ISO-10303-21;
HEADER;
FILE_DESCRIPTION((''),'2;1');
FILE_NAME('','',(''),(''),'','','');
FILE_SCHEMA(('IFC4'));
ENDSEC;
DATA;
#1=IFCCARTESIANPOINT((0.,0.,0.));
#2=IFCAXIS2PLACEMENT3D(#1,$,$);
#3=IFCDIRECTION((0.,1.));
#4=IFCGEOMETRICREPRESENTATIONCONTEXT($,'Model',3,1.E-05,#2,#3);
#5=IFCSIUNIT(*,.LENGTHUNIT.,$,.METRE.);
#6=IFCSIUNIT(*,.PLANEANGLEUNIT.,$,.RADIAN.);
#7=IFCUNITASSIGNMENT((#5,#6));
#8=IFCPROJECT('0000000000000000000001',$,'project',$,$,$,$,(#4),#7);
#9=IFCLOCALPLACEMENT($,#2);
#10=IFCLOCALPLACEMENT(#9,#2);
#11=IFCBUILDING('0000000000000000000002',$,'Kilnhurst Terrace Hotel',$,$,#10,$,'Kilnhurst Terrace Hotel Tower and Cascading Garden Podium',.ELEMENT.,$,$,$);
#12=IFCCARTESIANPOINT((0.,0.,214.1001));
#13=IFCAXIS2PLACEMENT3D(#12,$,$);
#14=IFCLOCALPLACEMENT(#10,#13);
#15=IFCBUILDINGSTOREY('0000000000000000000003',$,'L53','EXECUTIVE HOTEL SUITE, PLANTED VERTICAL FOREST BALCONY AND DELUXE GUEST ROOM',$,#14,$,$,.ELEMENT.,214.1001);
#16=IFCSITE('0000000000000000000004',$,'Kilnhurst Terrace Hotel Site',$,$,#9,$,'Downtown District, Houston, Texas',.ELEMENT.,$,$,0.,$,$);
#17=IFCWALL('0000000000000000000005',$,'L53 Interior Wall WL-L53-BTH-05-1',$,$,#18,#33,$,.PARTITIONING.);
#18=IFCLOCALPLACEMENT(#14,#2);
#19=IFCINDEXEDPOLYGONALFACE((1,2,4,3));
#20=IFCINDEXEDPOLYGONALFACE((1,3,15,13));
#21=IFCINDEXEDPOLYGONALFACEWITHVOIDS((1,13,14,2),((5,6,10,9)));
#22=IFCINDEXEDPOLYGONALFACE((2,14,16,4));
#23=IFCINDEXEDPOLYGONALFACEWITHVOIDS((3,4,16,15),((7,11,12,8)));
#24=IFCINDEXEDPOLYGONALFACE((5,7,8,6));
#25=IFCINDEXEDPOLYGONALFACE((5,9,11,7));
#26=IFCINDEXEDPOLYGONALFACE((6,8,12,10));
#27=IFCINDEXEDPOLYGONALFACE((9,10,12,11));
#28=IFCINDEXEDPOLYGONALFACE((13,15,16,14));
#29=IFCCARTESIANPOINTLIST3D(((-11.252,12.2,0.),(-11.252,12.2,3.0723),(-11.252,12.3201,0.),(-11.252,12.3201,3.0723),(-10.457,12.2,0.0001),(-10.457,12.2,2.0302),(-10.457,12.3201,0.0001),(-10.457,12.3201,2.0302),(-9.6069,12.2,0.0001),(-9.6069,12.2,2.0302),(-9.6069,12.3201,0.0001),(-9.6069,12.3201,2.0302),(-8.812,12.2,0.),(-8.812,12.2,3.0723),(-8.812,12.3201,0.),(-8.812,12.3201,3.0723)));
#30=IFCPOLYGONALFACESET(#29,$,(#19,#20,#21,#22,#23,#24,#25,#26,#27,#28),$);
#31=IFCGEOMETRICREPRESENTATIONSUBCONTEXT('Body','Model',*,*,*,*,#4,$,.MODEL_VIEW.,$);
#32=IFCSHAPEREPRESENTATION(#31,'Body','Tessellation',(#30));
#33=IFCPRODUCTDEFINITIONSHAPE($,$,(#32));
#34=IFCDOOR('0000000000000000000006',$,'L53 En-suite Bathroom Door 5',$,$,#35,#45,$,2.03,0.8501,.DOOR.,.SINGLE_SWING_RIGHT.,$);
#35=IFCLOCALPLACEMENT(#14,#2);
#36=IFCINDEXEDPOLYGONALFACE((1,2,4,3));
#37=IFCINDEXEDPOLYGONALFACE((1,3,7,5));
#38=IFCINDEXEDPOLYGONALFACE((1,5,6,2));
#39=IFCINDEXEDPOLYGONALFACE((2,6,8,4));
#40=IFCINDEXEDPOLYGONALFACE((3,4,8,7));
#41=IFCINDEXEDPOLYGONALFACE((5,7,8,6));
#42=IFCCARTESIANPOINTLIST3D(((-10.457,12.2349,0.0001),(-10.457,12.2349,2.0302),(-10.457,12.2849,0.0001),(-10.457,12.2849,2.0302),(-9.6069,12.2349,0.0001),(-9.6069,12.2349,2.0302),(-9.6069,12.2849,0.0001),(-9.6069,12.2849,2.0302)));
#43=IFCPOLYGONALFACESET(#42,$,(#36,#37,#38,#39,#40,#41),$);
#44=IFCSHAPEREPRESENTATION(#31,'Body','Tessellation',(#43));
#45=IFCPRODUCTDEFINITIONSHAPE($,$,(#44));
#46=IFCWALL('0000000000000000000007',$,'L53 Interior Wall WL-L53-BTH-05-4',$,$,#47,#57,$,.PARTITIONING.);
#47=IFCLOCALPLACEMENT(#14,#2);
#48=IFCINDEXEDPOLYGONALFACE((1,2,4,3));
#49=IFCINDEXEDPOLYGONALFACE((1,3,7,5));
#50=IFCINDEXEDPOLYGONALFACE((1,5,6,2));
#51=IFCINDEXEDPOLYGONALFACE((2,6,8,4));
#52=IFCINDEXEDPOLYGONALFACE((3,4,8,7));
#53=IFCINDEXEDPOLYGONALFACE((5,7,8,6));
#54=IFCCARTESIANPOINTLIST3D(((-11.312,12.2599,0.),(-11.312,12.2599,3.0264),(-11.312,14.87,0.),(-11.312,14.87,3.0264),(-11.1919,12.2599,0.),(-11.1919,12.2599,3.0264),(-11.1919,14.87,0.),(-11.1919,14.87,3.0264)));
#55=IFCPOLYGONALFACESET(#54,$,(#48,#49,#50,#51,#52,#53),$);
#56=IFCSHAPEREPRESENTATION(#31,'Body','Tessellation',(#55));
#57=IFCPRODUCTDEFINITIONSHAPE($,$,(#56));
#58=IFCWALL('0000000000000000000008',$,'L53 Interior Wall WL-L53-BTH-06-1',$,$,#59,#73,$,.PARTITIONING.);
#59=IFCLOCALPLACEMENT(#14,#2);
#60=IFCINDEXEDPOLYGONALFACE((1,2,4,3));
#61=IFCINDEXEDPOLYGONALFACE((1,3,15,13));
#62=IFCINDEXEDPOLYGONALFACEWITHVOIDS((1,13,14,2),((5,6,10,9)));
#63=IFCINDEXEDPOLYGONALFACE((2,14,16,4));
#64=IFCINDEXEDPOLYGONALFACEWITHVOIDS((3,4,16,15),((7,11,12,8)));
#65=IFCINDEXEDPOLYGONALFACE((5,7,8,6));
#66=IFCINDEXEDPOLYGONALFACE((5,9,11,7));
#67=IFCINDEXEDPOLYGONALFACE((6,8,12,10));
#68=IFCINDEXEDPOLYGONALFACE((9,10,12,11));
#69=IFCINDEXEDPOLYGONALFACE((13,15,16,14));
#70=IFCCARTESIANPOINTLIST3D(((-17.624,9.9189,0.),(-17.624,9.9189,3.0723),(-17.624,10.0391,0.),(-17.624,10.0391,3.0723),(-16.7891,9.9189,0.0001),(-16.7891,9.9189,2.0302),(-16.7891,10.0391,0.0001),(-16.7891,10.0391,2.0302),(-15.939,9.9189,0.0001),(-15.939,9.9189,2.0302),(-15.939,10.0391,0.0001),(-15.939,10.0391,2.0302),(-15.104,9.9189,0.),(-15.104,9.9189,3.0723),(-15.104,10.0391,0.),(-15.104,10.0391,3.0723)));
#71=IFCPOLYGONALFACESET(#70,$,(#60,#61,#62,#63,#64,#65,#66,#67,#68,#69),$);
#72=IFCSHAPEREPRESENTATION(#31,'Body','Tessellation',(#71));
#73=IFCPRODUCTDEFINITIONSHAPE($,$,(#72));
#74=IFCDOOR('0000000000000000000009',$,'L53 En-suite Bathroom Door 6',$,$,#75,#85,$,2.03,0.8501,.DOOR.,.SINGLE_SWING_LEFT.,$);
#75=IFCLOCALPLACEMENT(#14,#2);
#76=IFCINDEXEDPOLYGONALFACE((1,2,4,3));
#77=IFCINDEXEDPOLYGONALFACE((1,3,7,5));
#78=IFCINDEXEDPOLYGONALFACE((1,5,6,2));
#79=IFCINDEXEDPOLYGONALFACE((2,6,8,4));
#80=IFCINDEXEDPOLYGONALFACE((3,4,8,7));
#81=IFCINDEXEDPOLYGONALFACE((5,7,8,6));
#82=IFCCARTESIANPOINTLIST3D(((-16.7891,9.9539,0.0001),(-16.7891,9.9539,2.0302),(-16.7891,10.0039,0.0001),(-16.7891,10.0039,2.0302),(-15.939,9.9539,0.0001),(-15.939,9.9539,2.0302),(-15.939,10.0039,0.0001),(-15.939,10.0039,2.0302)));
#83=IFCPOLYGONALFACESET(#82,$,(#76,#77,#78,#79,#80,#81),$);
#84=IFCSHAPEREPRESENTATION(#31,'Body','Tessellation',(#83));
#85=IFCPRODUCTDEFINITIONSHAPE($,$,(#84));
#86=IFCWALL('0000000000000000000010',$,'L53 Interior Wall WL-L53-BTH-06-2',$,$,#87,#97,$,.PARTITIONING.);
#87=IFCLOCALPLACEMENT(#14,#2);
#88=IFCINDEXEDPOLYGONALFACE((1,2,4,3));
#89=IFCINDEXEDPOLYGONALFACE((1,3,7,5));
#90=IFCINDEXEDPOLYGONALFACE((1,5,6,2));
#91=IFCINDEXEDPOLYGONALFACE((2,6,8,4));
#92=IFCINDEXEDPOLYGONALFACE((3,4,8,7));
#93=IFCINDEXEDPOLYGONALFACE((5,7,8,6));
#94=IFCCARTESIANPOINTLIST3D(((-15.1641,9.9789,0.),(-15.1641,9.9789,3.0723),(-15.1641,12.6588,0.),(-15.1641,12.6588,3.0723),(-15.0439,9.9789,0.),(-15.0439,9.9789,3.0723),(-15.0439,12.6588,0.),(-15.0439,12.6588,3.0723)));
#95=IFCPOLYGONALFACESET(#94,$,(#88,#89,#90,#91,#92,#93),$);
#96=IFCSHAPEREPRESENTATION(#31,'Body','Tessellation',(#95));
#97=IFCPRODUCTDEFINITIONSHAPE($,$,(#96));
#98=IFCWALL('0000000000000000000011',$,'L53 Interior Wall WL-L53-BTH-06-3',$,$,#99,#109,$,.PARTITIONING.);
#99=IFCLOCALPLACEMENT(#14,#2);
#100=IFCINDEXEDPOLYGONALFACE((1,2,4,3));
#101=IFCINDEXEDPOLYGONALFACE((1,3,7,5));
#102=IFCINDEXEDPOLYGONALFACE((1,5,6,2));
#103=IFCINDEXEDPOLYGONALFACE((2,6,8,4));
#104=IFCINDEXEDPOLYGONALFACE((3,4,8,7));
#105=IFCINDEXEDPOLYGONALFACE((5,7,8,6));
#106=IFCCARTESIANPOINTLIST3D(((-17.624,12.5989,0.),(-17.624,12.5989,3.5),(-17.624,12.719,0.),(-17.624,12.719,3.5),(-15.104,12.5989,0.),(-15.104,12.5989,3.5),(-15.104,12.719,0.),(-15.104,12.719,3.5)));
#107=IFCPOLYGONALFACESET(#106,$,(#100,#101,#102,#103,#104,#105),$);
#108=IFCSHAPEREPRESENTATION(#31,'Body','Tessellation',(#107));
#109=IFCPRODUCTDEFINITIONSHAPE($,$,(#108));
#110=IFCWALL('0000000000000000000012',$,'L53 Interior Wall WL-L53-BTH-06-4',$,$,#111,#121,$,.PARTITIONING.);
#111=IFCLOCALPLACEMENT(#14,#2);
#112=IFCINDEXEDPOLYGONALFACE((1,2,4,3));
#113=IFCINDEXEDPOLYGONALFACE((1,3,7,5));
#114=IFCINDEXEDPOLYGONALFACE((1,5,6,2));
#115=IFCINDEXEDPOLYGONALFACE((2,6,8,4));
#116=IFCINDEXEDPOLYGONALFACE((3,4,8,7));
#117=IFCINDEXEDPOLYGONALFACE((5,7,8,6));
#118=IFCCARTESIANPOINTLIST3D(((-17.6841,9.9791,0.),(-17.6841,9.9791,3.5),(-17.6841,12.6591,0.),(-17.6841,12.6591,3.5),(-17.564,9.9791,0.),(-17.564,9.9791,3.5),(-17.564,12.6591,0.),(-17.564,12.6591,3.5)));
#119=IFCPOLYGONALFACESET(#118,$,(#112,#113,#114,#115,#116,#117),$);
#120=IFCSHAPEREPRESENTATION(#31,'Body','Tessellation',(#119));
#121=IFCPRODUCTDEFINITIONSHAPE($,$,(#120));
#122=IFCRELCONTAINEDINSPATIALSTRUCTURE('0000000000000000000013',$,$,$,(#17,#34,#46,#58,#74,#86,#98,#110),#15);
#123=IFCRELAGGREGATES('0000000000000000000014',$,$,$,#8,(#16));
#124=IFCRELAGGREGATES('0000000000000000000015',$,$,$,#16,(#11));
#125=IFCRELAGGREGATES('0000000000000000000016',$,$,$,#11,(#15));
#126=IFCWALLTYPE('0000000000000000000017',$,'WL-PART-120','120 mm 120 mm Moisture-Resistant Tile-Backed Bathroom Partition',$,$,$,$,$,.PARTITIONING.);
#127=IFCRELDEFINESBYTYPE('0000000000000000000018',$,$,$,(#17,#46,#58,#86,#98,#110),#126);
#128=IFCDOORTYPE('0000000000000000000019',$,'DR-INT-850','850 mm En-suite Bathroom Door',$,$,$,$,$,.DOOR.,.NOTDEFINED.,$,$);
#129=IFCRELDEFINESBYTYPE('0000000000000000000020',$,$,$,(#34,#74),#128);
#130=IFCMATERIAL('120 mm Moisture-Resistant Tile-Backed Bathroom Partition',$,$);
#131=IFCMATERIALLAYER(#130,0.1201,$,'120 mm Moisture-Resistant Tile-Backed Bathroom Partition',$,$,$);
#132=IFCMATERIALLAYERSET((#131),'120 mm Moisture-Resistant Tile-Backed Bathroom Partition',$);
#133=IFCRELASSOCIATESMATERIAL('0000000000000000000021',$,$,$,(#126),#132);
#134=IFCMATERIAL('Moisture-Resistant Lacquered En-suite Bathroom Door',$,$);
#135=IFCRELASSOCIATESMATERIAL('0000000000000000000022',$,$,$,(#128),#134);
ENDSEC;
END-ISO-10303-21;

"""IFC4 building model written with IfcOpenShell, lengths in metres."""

from ifc_helpers import new_model, si_unit, direction, frame, frame_2d, origin, place, context, subcontext, project, spatial, rectangle, extrude, material, layer, layer_set, type_object, element, fill, save


model = new_model("IFC4")

# Units and contexts
model_context = context("Model", 3, precision=1e-05, world=origin(), true_north=direction((0.0, 1.0)))
body_context = subcontext(model_context, "Body", "Model", "MODEL_VIEW")
ifc_project = project(units=[si_unit("LENGTHUNIT", "METRE"), si_unit("PLANEANGLEUNIT", "RADIAN")], contexts=[model_context])

# Site, building, storey
site_placement = place(None, origin())
site = spatial("IfcSite", under=ifc_project, at=site_placement, Name="Kilnhurst Terrace Hotel Site", LongName="Downtown District, Houston, Texas", CompositionType="ELEMENT", RefElevation=0.0)
building_placement = place(site_placement, origin())
building = spatial("IfcBuilding", under=site, at=building_placement, Name="Kilnhurst Terrace Hotel", LongName="Kilnhurst Terrace Hotel Tower and Cascading Garden Podium", CompositionType="ELEMENT")
storey_placement = place(building_placement, frame((0.0, 0.0, 214.1001)))
storey = spatial("IfcBuildingStorey", under=building, at=storey_placement, Name="L53", Description="EXECUTIVE HOTEL SUITE, PLANTED VERTICAL FOREST BALCONY AND DELUXE GUEST ROOM", CompositionType="ELEMENT", Elevation=214.1001)

# Wall, opening, door
ifc_material_1 = material(Name="120 mm Moisture-Resistant Tile-Backed Bathroom Partition")
ifc_layer_1 = layer(ifc_material_1, 0.1201, Name="120 mm Moisture-Resistant Tile-Backed Bathroom Partition")
ifc_layer_set_1 = layer_set([ifc_layer_1], Name="120 mm Moisture-Resistant Tile-Backed Bathroom Partition")
wall_type_1 = type_object("IfcWallType", Name="WL-PART-120", Description="120 mm 120 mm Moisture-Resistant Tile-Backed Bathroom Partition", PredefinedType="PARTITIONING", material=ifc_layer_set_1)
wall_1_placement = place(storey_placement, frame((-11.252, 12.26, 0.0), z_axis=(0.0, 0.0, 1.0), x_axis=(1.0, 0.0, 0.0)))
wall_1 = element("IfcWall", 1, at=wall_1_placement, inside=storey, type_object=wall_type_1, Name="L53 Interior Wall WL-L53-BTH-05-1", PredefinedType="PARTITIONING", context=body_context, shape_type="SweptSolid", body=[
    extrude(rectangle(XDim=2.4399, YDim=0.1201, at=frame_2d((1.22, 0.0))), origin(), (0.0, 0.0, 1.0), 3.0723),
])
opening_1_placement = place(wall_1_placement, frame((0.7949, 0.0, 0.0)))
opening_1 = element("IfcOpeningElement", 2, at=opening_1_placement, cuts=wall_1, PredefinedType="OPENING", context=body_context, shape_type="SweptSolid", body=[
    extrude(rectangle(XDim=0.8501, YDim=2.03, at=frame_2d((0.425, 1.0151))), frame((0.0, 0.0701, 0.0), z_axis=(0.0, -1.0, 0.0), x_axis=(1.0, 0.0, 0.0)), (0.0, 0.0, 1.0), 0.1401),
])
ifc_material_2 = material(Name="Moisture-Resistant Lacquered En-suite Bathroom Door")
door_type_1 = type_object("IfcDoorType", Name="DR-INT-850", Description="850 mm En-suite Bathroom Door", OperationType="NOTDEFINED", PredefinedType="DOOR", material=ifc_material_2)
door_1_placement = place(opening_1_placement, origin())
door_1 = element("IfcDoor", 3, at=door_1_placement, inside=storey, type_object=door_type_1, Name="L53 En-suite Bathroom Door 5", OperationType="SINGLE_SWING_RIGHT", OverallHeight=2.03, OverallWidth=0.8501, PredefinedType="DOOR", context=body_context, shape_type="SweptSolid", body=[
    extrude(rectangle(XDim=0.8501, YDim=2.03, at=frame_2d((0.425, 1.0151))), frame((0.0, 0.0249, 0.0), z_axis=(0.0, -1.0, 0.0), x_axis=(1.0, 0.0, 0.0)), (0.0, 0.0, 1.0), 0.05),
])
fill(opening_1, door_1)

# Wall
wall_2_placement = place(storey_placement, frame((-11.252, 14.8701, 0.0), z_axis=(0.0, 0.0, 1.0), x_axis=(0.0, -1.0, 0.0)))
element("IfcWall", 4, at=wall_2_placement, inside=storey, type_object=wall_type_1, Name="L53 Interior Wall WL-L53-BTH-05-4", PredefinedType="PARTITIONING", context=body_context, shape_type="SweptSolid", body=[
    extrude(rectangle(XDim=2.6101, YDim=0.1201, at=frame_2d((1.3052, 0.0))), origin(), (0.0, 0.0, 1.0), 3.0264),
])

# Wall, opening, door
wall_3_placement = place(storey_placement, frame((-17.624, 9.979, 0.0), z_axis=(0.0, 0.0, 1.0), x_axis=(1.0, 0.0, 0.0)))
wall_3 = element("IfcWall", 5, at=wall_3_placement, inside=storey, type_object=wall_type_1, Name="L53 Interior Wall WL-L53-BTH-06-1", PredefinedType="PARTITIONING", context=body_context, shape_type="SweptSolid", body=[
    extrude(rectangle(XDim=2.52, YDim=0.1201, at=frame_2d((1.26, 0.0))), origin(), (0.0, 0.0, 1.0), 3.0723),
])
opening_2_placement = place(wall_3_placement, frame((0.835, 0.0, 0.0)))
opening_2 = element("IfcOpeningElement", 6, at=opening_2_placement, cuts=wall_3, PredefinedType="OPENING", context=body_context, shape_type="SweptSolid", body=[
    extrude(rectangle(XDim=0.8501, YDim=2.03, at=frame_2d((0.425, 1.0151))), frame((0.0, 0.0701, 0.0), z_axis=(0.0, -1.0, 0.0), x_axis=(1.0, 0.0, 0.0)), (0.0, 0.0, 1.0), 0.1401),
])
door_2_placement = place(opening_2_placement, origin())
door_2 = element("IfcDoor", 7, at=door_2_placement, inside=storey, type_object=door_type_1, Name="L53 En-suite Bathroom Door 6", OperationType="SINGLE_SWING_LEFT", OverallHeight=2.03, OverallWidth=0.8501, PredefinedType="DOOR", context=body_context, shape_type="SweptSolid", body=[
    extrude(rectangle(XDim=0.8501, YDim=2.03, at=frame_2d((0.425, 1.0151))), frame((0.0, 0.0249, 0.0), z_axis=(0.0, -1.0, 0.0), x_axis=(1.0, 0.0, 0.0)), (0.0, 0.0, 1.0), 0.05),
])
fill(opening_2, door_2)

# Walls
wall_4_placement = place(storey_placement, frame((-15.104, 9.979, 0.0), z_axis=(0.0, 0.0, 1.0), x_axis=(0.0, 1.0, 0.0)))
element("IfcWall", 8, at=wall_4_placement, inside=storey, type_object=wall_type_1, Name="L53 Interior Wall WL-L53-BTH-06-2", PredefinedType="PARTITIONING", context=body_context, shape_type="SweptSolid", body=[
    extrude(rectangle(XDim=2.6799, YDim=0.1201, at=frame_2d((1.3398, 0.0))), origin(), (0.0, 0.0, 1.0), 3.0723),
])
wall_5_placement = place(storey_placement, frame((-15.104, 12.6589, 0.0), z_axis=(0.0, 0.0, 1.0), x_axis=(-1.0, 0.0, 0.0)))
element("IfcWall", 9, at=wall_5_placement, inside=storey, type_object=wall_type_1, Name="L53 Interior Wall WL-L53-BTH-06-3", PredefinedType="PARTITIONING", context=body_context, shape_type="SweptSolid", body=[
    extrude(rectangle(XDim=2.52, YDim=0.1201, at=frame_2d((1.26, 0.0))), origin(), (0.0, 0.0, 1.0), 3.5),
])
wall_6_placement = place(storey_placement, frame((-17.624, 12.6589, 0.0), z_axis=(0.0, 0.0, 1.0), x_axis=(0.0, -1.0, 0.0)))
element("IfcWall", 10, at=wall_6_placement, inside=storey, type_object=wall_type_1, Name="L53 Interior Wall WL-L53-BTH-06-4", PredefinedType="PARTITIONING", context=body_context, shape_type="SweptSolid", body=[
    extrude(rectangle(XDim=2.6799, YDim=0.1201, at=frame_2d((1.3398, 0.0))), origin(), (0.0, 0.0, 1.0), 3.5),
])

save(model, "model.ifc")
